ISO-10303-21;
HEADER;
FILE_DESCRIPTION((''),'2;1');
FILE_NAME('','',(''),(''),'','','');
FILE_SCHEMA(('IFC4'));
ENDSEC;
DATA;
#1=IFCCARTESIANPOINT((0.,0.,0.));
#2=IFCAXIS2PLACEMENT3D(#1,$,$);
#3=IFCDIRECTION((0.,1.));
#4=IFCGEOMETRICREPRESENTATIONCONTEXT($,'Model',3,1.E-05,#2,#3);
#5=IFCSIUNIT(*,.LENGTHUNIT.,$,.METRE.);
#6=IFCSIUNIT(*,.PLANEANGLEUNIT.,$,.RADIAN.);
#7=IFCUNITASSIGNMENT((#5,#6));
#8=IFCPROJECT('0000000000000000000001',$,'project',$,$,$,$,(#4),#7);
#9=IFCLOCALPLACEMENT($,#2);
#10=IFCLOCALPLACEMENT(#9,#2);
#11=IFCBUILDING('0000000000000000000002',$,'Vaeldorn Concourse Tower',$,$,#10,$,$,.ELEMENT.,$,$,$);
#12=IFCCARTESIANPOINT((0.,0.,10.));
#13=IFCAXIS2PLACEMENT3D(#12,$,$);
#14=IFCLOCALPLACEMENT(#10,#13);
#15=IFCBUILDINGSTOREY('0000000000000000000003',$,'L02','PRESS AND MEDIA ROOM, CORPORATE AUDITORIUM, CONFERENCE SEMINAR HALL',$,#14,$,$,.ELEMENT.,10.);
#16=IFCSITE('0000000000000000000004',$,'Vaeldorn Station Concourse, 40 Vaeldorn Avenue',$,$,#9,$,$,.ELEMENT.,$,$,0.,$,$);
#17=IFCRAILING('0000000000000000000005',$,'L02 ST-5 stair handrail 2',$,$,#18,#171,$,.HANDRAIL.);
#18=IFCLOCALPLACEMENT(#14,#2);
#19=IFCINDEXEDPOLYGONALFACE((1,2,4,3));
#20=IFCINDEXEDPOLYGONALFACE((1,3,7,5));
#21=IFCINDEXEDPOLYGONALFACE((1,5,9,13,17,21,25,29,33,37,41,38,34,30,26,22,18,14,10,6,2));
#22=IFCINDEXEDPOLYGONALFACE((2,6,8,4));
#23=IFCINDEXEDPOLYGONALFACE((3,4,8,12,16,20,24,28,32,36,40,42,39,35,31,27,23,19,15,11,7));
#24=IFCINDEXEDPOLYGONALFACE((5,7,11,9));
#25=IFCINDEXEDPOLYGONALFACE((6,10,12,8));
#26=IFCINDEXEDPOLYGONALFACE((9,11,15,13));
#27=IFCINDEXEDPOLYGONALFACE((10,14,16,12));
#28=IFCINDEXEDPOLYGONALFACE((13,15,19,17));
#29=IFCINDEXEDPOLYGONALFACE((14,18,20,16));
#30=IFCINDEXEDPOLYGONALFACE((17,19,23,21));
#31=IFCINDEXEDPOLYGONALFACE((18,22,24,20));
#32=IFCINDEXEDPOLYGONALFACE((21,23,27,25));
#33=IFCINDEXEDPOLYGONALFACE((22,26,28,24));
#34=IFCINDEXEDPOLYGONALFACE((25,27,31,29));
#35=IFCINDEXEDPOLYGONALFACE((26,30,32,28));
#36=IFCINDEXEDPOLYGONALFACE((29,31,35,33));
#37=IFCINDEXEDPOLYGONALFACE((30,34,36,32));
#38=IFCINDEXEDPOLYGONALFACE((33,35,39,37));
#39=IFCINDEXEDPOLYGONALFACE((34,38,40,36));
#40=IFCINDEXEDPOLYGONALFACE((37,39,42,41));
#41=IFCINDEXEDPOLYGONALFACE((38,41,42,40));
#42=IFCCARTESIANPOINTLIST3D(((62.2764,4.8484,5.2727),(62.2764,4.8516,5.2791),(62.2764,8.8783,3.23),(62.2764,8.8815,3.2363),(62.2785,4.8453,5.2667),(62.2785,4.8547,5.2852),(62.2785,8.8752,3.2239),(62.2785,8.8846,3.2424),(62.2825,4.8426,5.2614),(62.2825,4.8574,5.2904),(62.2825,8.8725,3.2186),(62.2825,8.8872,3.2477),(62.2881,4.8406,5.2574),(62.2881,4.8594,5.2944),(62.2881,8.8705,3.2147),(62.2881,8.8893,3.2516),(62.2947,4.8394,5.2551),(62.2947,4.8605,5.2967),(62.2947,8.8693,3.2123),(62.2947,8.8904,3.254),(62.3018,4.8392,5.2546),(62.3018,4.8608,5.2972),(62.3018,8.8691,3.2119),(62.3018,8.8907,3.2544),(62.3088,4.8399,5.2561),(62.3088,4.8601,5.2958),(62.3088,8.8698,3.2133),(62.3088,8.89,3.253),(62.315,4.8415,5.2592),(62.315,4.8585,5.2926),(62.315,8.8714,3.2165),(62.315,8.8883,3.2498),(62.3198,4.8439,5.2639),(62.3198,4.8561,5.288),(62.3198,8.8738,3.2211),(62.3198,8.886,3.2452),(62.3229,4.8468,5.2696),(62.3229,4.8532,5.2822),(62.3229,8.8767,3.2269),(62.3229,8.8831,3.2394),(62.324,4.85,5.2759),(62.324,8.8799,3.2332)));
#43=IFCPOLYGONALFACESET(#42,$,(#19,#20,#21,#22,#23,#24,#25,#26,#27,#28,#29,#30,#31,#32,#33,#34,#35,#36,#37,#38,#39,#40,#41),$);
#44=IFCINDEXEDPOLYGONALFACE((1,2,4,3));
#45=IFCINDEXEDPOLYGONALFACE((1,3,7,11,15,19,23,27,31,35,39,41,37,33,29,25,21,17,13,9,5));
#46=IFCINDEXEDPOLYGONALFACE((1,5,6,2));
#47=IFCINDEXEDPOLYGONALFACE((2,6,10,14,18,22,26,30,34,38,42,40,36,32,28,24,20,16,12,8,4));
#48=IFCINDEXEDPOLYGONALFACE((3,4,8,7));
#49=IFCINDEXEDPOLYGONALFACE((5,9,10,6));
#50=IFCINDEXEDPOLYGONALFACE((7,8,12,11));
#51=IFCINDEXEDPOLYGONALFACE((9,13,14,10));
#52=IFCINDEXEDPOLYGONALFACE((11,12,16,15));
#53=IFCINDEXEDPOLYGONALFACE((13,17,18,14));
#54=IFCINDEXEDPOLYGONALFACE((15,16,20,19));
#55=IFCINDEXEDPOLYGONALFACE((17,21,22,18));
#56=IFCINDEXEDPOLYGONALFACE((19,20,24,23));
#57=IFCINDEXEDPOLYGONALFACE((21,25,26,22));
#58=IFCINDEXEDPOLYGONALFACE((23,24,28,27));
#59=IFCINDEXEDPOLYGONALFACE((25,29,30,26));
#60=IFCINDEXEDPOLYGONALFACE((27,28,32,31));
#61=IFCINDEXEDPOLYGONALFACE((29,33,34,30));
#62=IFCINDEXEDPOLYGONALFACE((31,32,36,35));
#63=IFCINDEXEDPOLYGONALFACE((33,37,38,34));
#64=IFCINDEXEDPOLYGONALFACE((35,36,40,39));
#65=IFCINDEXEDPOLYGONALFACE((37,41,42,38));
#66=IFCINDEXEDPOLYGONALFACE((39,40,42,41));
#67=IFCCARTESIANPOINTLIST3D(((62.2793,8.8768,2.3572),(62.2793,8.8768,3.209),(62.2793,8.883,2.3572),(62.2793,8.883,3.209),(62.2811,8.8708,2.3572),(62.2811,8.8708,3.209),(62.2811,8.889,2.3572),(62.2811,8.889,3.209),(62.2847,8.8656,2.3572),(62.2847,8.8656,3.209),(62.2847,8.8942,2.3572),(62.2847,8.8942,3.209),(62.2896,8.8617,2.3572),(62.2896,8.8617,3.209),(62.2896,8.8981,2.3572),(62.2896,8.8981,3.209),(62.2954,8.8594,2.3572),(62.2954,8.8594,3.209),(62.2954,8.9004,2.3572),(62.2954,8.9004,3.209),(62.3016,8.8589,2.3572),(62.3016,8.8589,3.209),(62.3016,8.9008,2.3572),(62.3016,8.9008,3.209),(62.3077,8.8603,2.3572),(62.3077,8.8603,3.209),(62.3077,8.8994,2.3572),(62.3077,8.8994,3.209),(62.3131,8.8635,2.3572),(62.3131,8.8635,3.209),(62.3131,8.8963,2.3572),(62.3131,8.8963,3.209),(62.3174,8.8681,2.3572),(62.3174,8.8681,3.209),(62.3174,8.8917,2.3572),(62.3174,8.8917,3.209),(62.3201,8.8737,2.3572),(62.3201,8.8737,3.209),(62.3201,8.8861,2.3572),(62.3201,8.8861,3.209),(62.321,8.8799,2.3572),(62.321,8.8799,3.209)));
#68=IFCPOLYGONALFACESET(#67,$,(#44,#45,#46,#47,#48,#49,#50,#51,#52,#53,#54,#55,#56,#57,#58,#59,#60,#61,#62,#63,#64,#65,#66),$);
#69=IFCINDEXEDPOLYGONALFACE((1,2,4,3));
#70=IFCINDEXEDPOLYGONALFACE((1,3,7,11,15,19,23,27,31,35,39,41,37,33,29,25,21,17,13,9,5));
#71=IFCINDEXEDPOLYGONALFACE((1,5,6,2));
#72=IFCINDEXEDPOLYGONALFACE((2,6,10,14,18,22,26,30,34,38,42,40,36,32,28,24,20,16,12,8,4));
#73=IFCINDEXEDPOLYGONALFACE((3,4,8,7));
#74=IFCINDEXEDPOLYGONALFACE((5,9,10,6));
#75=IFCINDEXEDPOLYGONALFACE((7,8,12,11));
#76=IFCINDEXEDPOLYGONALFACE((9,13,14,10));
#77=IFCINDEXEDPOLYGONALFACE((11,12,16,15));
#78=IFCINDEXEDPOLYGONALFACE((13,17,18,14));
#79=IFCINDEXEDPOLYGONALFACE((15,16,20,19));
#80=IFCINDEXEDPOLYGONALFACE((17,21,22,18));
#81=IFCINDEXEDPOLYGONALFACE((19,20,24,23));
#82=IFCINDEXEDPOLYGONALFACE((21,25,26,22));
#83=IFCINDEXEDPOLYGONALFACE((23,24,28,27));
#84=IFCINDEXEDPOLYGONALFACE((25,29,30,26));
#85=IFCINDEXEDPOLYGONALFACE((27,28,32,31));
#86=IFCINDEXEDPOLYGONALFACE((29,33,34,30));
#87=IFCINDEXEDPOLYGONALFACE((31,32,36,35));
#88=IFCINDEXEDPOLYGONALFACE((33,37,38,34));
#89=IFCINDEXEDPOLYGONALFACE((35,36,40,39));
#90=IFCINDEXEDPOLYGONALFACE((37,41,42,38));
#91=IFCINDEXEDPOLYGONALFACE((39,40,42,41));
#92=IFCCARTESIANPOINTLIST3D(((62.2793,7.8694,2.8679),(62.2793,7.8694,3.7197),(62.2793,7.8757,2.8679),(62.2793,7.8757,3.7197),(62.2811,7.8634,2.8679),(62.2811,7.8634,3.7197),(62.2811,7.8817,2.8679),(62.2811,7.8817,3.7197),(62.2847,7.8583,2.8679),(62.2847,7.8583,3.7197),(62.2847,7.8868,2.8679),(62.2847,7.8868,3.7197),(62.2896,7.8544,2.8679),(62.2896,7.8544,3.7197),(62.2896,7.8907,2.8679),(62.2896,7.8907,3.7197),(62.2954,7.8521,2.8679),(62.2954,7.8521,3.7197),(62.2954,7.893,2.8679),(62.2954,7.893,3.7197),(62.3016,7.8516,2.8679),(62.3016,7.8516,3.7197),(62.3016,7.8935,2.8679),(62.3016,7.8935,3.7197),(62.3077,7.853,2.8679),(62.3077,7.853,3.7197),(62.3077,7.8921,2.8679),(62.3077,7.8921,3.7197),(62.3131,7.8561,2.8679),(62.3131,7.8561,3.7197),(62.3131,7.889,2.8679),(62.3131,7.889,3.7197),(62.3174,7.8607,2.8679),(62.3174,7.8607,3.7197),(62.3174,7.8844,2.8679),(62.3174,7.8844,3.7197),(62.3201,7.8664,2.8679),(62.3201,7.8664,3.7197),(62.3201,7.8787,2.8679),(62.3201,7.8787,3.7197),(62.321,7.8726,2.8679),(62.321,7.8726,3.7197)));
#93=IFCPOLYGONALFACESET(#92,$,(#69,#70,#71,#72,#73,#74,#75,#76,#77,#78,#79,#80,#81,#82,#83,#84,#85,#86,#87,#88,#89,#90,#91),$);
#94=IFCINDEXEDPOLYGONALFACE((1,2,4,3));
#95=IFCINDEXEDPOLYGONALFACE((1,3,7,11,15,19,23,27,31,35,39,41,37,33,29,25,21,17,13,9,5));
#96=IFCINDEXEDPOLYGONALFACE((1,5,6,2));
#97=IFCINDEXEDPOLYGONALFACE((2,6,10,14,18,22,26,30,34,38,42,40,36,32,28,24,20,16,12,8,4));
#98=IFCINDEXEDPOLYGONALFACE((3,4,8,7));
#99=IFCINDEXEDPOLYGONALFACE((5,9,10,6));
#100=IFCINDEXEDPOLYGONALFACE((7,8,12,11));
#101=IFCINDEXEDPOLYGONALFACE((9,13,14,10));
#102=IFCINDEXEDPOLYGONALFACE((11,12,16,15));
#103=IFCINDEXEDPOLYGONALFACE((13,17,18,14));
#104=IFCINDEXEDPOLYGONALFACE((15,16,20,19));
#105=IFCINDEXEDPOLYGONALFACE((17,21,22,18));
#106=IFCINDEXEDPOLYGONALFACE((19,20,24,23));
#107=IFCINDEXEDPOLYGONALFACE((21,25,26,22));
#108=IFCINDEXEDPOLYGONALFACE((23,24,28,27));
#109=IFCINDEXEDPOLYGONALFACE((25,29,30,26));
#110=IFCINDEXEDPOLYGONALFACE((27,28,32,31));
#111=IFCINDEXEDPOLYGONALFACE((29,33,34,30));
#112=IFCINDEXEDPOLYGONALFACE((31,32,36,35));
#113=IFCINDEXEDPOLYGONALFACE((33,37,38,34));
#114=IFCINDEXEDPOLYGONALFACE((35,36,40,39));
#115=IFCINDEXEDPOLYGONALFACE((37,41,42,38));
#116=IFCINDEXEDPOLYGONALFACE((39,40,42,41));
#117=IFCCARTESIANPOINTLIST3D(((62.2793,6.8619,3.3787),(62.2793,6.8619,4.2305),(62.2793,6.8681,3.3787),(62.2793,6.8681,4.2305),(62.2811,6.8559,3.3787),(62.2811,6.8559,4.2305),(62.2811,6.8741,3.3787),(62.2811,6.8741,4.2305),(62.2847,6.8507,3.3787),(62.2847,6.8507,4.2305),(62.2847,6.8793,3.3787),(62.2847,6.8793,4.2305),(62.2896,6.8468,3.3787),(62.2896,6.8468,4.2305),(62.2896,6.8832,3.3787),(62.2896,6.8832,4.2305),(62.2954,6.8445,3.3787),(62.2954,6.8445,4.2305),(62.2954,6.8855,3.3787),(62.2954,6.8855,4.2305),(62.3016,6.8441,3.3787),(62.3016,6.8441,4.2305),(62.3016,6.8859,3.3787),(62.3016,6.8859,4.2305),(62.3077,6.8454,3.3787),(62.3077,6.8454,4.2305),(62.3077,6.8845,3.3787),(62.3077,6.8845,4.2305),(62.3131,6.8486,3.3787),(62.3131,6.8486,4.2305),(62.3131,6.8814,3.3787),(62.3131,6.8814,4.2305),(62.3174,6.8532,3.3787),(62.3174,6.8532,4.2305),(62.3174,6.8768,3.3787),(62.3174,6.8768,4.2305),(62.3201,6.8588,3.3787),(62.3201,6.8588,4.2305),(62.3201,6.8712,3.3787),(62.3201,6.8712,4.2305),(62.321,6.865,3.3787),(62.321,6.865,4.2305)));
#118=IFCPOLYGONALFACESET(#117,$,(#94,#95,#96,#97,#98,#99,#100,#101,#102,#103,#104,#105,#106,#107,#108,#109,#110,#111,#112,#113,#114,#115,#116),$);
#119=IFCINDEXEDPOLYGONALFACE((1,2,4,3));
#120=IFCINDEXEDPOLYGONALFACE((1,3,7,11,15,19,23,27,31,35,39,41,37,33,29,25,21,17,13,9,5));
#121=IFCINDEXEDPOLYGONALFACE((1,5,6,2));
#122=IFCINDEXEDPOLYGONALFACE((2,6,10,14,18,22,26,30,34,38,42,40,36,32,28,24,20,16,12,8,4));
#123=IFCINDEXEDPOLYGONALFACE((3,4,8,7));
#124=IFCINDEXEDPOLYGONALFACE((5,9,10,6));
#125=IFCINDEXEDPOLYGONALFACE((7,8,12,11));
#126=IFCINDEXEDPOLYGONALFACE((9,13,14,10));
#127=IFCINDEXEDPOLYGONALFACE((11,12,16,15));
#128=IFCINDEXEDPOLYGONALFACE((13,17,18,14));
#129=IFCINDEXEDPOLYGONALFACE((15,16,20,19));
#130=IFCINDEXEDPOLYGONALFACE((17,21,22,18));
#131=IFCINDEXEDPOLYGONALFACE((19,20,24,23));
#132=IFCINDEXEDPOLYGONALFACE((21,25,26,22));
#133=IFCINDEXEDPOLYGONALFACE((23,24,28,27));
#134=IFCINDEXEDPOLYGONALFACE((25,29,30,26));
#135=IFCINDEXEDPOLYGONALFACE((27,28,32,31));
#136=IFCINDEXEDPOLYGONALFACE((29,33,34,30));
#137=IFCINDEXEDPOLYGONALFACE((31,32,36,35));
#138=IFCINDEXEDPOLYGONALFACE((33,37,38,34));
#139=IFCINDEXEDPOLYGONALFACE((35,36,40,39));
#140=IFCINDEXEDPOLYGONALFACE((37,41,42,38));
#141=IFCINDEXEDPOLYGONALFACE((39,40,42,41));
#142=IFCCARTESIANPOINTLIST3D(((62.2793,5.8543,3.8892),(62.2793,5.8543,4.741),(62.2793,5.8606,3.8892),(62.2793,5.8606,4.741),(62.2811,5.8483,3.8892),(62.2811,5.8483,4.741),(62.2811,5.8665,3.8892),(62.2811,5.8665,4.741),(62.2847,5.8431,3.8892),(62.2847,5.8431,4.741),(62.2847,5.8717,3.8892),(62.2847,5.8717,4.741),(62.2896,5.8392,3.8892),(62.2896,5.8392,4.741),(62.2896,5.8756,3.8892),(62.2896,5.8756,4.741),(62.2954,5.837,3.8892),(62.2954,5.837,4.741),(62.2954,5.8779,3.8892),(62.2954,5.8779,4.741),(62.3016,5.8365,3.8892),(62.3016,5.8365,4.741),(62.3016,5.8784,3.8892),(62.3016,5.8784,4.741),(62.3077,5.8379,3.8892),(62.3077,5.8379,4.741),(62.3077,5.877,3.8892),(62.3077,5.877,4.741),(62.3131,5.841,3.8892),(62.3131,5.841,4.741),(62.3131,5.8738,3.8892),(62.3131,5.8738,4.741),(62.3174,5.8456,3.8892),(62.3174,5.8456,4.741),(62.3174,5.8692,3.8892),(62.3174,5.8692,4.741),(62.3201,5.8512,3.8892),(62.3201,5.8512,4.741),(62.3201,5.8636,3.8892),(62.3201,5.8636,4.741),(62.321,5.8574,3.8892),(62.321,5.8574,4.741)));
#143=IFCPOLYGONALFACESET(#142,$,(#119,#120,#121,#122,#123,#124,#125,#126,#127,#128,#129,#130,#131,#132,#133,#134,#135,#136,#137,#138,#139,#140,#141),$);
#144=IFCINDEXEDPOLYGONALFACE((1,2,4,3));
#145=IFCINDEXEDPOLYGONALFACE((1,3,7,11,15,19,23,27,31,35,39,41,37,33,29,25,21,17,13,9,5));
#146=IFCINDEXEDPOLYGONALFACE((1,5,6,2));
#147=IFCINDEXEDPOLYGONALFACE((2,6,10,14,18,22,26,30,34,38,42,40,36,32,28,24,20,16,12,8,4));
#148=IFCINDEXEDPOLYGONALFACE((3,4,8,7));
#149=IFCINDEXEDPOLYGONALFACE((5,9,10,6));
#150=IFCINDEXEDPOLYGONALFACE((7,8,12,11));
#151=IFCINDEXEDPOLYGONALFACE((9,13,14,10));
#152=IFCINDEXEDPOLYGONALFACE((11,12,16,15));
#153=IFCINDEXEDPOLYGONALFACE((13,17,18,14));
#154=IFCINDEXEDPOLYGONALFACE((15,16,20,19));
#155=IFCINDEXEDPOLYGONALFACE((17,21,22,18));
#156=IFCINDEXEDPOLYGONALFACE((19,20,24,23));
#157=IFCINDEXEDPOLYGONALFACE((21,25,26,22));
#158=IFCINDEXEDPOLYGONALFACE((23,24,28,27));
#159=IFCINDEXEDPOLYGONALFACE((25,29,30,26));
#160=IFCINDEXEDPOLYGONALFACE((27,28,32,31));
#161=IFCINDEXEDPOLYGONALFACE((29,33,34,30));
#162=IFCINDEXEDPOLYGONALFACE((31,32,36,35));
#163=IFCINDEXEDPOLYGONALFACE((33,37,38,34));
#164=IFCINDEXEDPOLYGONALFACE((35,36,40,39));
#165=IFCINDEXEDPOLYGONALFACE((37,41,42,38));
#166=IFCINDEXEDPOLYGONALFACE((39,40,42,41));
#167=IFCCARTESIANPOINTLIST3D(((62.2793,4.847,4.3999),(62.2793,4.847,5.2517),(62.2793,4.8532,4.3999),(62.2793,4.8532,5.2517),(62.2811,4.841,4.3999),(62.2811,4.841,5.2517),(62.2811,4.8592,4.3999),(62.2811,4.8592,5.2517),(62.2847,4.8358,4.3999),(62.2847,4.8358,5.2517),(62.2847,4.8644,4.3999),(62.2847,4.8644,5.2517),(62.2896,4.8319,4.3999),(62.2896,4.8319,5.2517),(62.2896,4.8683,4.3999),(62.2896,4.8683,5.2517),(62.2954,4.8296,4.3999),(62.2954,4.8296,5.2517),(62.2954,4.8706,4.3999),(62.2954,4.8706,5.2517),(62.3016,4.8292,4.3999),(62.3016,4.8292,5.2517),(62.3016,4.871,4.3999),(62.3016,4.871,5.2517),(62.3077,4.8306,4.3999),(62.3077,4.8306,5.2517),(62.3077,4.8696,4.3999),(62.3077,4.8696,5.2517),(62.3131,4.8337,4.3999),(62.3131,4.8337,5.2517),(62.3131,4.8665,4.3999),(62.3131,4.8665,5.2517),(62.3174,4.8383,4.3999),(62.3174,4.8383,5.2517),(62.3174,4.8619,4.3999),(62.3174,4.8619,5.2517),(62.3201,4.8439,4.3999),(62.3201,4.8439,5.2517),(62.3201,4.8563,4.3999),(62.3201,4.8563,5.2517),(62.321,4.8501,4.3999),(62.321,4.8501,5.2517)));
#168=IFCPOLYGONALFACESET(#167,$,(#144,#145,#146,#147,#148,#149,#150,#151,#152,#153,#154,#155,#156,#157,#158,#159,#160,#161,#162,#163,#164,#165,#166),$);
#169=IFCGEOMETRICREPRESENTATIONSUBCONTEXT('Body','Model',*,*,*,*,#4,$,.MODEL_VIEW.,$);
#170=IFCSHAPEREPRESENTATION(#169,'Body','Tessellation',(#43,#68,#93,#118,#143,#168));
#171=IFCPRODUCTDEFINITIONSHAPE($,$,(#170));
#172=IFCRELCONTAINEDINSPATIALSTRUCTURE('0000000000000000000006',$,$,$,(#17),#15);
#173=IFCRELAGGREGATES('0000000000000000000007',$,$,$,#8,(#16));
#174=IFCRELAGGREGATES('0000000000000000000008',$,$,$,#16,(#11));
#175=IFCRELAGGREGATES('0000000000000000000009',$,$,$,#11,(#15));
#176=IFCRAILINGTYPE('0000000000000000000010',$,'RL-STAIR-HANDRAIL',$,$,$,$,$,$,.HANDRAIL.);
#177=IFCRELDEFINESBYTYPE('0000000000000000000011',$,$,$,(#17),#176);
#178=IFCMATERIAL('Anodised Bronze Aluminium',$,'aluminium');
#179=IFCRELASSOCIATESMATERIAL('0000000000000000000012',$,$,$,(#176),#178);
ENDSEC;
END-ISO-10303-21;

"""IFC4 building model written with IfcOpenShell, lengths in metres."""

from ifc_helpers import new_model, si_unit, direction, frame, origin, origin_2d, place, context, subcontext, project, spatial, circle, extrude, material, type_object, element, save


model = new_model("IFC4")

# Units and contexts
model_context = context("Model", 3, precision=1e-05, world=origin(), true_north=direction((0.0, 1.0)))
body_context = subcontext(model_context, "Body", "Model", "MODEL_VIEW")
ifc_project = project(units=[si_unit("LENGTHUNIT", "METRE"), si_unit("PLANEANGLEUNIT", "RADIAN")], contexts=[model_context])

# Site, building, storey
site_placement = place(None, origin())
site = spatial("IfcSite", under=ifc_project, at=site_placement, Name="Vaeldorn Station Concourse, 40 Vaeldorn Avenue", CompositionType="ELEMENT", RefElevation=0.0)
building_placement = place(site_placement, origin())
building = spatial("IfcBuilding", under=site, at=building_placement, Name="Vaeldorn Concourse Tower", CompositionType="ELEMENT")
storey_placement = place(building_placement, frame((0.0, 0.0, 10.0)))
storey = spatial("IfcBuildingStorey", under=building, at=storey_placement, Name="L02", Description="PRESS AND MEDIA ROOM, CORPORATE AUDITORIUM, CONFERENCE SEMINAR HALL", CompositionType="ELEMENT", Elevation=10.0)

# Railing
ifc_material_1 = material(Name="Anodised Bronze Aluminium", Category="aluminium")
railing_type = type_object("IfcRailingType", Name="RL-STAIR-HANDRAIL", PredefinedType="HANDRAIL", material=ifc_material_1)
railing_placement = place(storey_placement, frame((62.3, 8.8799, 2.3572)))
element("IfcRailing", 1, at=railing_placement, inside=storey, type_object=railing_type, Name="L02 ST-5 stair handrail 2", PredefinedType="HANDRAIL", context=body_context, shape_type="SweptSolid", body=[
    extrude(circle(Radius=0.0239, at=origin_2d()), frame((0.0, 0.0, 0.876), z_axis=(0.0, -0.891949, 0.452135), x_axis=(1.0, 0.0, 0.0)), (0.0, 0.0, 1.0), 4.5181),
    extrude(circle(Radius=0.021, at=origin_2d()), origin(), (0.0, 0.0, 1.0), 0.8518),
    extrude(circle(Radius=0.021, at=origin_2d()), frame((0.0, -1.0073, 0.5107)), (0.0, 0.0, 1.0), 0.8518),
    extrude(circle(Radius=0.021, at=origin_2d()), frame((0.0, -2.0149, 1.0215)), (0.0, 0.0, 1.0), 0.8518),
    extrude(circle(Radius=0.021, at=origin_2d()), frame((0.0, -3.0225, 1.532)), (0.0, 0.0, 1.0), 0.8518),
    extrude(circle(Radius=0.021, at=origin_2d()), frame((0.0, -4.0298, 2.0427)), (0.0, 0.0, 1.0), 0.8518),
])

save(model, "model.ifc")
